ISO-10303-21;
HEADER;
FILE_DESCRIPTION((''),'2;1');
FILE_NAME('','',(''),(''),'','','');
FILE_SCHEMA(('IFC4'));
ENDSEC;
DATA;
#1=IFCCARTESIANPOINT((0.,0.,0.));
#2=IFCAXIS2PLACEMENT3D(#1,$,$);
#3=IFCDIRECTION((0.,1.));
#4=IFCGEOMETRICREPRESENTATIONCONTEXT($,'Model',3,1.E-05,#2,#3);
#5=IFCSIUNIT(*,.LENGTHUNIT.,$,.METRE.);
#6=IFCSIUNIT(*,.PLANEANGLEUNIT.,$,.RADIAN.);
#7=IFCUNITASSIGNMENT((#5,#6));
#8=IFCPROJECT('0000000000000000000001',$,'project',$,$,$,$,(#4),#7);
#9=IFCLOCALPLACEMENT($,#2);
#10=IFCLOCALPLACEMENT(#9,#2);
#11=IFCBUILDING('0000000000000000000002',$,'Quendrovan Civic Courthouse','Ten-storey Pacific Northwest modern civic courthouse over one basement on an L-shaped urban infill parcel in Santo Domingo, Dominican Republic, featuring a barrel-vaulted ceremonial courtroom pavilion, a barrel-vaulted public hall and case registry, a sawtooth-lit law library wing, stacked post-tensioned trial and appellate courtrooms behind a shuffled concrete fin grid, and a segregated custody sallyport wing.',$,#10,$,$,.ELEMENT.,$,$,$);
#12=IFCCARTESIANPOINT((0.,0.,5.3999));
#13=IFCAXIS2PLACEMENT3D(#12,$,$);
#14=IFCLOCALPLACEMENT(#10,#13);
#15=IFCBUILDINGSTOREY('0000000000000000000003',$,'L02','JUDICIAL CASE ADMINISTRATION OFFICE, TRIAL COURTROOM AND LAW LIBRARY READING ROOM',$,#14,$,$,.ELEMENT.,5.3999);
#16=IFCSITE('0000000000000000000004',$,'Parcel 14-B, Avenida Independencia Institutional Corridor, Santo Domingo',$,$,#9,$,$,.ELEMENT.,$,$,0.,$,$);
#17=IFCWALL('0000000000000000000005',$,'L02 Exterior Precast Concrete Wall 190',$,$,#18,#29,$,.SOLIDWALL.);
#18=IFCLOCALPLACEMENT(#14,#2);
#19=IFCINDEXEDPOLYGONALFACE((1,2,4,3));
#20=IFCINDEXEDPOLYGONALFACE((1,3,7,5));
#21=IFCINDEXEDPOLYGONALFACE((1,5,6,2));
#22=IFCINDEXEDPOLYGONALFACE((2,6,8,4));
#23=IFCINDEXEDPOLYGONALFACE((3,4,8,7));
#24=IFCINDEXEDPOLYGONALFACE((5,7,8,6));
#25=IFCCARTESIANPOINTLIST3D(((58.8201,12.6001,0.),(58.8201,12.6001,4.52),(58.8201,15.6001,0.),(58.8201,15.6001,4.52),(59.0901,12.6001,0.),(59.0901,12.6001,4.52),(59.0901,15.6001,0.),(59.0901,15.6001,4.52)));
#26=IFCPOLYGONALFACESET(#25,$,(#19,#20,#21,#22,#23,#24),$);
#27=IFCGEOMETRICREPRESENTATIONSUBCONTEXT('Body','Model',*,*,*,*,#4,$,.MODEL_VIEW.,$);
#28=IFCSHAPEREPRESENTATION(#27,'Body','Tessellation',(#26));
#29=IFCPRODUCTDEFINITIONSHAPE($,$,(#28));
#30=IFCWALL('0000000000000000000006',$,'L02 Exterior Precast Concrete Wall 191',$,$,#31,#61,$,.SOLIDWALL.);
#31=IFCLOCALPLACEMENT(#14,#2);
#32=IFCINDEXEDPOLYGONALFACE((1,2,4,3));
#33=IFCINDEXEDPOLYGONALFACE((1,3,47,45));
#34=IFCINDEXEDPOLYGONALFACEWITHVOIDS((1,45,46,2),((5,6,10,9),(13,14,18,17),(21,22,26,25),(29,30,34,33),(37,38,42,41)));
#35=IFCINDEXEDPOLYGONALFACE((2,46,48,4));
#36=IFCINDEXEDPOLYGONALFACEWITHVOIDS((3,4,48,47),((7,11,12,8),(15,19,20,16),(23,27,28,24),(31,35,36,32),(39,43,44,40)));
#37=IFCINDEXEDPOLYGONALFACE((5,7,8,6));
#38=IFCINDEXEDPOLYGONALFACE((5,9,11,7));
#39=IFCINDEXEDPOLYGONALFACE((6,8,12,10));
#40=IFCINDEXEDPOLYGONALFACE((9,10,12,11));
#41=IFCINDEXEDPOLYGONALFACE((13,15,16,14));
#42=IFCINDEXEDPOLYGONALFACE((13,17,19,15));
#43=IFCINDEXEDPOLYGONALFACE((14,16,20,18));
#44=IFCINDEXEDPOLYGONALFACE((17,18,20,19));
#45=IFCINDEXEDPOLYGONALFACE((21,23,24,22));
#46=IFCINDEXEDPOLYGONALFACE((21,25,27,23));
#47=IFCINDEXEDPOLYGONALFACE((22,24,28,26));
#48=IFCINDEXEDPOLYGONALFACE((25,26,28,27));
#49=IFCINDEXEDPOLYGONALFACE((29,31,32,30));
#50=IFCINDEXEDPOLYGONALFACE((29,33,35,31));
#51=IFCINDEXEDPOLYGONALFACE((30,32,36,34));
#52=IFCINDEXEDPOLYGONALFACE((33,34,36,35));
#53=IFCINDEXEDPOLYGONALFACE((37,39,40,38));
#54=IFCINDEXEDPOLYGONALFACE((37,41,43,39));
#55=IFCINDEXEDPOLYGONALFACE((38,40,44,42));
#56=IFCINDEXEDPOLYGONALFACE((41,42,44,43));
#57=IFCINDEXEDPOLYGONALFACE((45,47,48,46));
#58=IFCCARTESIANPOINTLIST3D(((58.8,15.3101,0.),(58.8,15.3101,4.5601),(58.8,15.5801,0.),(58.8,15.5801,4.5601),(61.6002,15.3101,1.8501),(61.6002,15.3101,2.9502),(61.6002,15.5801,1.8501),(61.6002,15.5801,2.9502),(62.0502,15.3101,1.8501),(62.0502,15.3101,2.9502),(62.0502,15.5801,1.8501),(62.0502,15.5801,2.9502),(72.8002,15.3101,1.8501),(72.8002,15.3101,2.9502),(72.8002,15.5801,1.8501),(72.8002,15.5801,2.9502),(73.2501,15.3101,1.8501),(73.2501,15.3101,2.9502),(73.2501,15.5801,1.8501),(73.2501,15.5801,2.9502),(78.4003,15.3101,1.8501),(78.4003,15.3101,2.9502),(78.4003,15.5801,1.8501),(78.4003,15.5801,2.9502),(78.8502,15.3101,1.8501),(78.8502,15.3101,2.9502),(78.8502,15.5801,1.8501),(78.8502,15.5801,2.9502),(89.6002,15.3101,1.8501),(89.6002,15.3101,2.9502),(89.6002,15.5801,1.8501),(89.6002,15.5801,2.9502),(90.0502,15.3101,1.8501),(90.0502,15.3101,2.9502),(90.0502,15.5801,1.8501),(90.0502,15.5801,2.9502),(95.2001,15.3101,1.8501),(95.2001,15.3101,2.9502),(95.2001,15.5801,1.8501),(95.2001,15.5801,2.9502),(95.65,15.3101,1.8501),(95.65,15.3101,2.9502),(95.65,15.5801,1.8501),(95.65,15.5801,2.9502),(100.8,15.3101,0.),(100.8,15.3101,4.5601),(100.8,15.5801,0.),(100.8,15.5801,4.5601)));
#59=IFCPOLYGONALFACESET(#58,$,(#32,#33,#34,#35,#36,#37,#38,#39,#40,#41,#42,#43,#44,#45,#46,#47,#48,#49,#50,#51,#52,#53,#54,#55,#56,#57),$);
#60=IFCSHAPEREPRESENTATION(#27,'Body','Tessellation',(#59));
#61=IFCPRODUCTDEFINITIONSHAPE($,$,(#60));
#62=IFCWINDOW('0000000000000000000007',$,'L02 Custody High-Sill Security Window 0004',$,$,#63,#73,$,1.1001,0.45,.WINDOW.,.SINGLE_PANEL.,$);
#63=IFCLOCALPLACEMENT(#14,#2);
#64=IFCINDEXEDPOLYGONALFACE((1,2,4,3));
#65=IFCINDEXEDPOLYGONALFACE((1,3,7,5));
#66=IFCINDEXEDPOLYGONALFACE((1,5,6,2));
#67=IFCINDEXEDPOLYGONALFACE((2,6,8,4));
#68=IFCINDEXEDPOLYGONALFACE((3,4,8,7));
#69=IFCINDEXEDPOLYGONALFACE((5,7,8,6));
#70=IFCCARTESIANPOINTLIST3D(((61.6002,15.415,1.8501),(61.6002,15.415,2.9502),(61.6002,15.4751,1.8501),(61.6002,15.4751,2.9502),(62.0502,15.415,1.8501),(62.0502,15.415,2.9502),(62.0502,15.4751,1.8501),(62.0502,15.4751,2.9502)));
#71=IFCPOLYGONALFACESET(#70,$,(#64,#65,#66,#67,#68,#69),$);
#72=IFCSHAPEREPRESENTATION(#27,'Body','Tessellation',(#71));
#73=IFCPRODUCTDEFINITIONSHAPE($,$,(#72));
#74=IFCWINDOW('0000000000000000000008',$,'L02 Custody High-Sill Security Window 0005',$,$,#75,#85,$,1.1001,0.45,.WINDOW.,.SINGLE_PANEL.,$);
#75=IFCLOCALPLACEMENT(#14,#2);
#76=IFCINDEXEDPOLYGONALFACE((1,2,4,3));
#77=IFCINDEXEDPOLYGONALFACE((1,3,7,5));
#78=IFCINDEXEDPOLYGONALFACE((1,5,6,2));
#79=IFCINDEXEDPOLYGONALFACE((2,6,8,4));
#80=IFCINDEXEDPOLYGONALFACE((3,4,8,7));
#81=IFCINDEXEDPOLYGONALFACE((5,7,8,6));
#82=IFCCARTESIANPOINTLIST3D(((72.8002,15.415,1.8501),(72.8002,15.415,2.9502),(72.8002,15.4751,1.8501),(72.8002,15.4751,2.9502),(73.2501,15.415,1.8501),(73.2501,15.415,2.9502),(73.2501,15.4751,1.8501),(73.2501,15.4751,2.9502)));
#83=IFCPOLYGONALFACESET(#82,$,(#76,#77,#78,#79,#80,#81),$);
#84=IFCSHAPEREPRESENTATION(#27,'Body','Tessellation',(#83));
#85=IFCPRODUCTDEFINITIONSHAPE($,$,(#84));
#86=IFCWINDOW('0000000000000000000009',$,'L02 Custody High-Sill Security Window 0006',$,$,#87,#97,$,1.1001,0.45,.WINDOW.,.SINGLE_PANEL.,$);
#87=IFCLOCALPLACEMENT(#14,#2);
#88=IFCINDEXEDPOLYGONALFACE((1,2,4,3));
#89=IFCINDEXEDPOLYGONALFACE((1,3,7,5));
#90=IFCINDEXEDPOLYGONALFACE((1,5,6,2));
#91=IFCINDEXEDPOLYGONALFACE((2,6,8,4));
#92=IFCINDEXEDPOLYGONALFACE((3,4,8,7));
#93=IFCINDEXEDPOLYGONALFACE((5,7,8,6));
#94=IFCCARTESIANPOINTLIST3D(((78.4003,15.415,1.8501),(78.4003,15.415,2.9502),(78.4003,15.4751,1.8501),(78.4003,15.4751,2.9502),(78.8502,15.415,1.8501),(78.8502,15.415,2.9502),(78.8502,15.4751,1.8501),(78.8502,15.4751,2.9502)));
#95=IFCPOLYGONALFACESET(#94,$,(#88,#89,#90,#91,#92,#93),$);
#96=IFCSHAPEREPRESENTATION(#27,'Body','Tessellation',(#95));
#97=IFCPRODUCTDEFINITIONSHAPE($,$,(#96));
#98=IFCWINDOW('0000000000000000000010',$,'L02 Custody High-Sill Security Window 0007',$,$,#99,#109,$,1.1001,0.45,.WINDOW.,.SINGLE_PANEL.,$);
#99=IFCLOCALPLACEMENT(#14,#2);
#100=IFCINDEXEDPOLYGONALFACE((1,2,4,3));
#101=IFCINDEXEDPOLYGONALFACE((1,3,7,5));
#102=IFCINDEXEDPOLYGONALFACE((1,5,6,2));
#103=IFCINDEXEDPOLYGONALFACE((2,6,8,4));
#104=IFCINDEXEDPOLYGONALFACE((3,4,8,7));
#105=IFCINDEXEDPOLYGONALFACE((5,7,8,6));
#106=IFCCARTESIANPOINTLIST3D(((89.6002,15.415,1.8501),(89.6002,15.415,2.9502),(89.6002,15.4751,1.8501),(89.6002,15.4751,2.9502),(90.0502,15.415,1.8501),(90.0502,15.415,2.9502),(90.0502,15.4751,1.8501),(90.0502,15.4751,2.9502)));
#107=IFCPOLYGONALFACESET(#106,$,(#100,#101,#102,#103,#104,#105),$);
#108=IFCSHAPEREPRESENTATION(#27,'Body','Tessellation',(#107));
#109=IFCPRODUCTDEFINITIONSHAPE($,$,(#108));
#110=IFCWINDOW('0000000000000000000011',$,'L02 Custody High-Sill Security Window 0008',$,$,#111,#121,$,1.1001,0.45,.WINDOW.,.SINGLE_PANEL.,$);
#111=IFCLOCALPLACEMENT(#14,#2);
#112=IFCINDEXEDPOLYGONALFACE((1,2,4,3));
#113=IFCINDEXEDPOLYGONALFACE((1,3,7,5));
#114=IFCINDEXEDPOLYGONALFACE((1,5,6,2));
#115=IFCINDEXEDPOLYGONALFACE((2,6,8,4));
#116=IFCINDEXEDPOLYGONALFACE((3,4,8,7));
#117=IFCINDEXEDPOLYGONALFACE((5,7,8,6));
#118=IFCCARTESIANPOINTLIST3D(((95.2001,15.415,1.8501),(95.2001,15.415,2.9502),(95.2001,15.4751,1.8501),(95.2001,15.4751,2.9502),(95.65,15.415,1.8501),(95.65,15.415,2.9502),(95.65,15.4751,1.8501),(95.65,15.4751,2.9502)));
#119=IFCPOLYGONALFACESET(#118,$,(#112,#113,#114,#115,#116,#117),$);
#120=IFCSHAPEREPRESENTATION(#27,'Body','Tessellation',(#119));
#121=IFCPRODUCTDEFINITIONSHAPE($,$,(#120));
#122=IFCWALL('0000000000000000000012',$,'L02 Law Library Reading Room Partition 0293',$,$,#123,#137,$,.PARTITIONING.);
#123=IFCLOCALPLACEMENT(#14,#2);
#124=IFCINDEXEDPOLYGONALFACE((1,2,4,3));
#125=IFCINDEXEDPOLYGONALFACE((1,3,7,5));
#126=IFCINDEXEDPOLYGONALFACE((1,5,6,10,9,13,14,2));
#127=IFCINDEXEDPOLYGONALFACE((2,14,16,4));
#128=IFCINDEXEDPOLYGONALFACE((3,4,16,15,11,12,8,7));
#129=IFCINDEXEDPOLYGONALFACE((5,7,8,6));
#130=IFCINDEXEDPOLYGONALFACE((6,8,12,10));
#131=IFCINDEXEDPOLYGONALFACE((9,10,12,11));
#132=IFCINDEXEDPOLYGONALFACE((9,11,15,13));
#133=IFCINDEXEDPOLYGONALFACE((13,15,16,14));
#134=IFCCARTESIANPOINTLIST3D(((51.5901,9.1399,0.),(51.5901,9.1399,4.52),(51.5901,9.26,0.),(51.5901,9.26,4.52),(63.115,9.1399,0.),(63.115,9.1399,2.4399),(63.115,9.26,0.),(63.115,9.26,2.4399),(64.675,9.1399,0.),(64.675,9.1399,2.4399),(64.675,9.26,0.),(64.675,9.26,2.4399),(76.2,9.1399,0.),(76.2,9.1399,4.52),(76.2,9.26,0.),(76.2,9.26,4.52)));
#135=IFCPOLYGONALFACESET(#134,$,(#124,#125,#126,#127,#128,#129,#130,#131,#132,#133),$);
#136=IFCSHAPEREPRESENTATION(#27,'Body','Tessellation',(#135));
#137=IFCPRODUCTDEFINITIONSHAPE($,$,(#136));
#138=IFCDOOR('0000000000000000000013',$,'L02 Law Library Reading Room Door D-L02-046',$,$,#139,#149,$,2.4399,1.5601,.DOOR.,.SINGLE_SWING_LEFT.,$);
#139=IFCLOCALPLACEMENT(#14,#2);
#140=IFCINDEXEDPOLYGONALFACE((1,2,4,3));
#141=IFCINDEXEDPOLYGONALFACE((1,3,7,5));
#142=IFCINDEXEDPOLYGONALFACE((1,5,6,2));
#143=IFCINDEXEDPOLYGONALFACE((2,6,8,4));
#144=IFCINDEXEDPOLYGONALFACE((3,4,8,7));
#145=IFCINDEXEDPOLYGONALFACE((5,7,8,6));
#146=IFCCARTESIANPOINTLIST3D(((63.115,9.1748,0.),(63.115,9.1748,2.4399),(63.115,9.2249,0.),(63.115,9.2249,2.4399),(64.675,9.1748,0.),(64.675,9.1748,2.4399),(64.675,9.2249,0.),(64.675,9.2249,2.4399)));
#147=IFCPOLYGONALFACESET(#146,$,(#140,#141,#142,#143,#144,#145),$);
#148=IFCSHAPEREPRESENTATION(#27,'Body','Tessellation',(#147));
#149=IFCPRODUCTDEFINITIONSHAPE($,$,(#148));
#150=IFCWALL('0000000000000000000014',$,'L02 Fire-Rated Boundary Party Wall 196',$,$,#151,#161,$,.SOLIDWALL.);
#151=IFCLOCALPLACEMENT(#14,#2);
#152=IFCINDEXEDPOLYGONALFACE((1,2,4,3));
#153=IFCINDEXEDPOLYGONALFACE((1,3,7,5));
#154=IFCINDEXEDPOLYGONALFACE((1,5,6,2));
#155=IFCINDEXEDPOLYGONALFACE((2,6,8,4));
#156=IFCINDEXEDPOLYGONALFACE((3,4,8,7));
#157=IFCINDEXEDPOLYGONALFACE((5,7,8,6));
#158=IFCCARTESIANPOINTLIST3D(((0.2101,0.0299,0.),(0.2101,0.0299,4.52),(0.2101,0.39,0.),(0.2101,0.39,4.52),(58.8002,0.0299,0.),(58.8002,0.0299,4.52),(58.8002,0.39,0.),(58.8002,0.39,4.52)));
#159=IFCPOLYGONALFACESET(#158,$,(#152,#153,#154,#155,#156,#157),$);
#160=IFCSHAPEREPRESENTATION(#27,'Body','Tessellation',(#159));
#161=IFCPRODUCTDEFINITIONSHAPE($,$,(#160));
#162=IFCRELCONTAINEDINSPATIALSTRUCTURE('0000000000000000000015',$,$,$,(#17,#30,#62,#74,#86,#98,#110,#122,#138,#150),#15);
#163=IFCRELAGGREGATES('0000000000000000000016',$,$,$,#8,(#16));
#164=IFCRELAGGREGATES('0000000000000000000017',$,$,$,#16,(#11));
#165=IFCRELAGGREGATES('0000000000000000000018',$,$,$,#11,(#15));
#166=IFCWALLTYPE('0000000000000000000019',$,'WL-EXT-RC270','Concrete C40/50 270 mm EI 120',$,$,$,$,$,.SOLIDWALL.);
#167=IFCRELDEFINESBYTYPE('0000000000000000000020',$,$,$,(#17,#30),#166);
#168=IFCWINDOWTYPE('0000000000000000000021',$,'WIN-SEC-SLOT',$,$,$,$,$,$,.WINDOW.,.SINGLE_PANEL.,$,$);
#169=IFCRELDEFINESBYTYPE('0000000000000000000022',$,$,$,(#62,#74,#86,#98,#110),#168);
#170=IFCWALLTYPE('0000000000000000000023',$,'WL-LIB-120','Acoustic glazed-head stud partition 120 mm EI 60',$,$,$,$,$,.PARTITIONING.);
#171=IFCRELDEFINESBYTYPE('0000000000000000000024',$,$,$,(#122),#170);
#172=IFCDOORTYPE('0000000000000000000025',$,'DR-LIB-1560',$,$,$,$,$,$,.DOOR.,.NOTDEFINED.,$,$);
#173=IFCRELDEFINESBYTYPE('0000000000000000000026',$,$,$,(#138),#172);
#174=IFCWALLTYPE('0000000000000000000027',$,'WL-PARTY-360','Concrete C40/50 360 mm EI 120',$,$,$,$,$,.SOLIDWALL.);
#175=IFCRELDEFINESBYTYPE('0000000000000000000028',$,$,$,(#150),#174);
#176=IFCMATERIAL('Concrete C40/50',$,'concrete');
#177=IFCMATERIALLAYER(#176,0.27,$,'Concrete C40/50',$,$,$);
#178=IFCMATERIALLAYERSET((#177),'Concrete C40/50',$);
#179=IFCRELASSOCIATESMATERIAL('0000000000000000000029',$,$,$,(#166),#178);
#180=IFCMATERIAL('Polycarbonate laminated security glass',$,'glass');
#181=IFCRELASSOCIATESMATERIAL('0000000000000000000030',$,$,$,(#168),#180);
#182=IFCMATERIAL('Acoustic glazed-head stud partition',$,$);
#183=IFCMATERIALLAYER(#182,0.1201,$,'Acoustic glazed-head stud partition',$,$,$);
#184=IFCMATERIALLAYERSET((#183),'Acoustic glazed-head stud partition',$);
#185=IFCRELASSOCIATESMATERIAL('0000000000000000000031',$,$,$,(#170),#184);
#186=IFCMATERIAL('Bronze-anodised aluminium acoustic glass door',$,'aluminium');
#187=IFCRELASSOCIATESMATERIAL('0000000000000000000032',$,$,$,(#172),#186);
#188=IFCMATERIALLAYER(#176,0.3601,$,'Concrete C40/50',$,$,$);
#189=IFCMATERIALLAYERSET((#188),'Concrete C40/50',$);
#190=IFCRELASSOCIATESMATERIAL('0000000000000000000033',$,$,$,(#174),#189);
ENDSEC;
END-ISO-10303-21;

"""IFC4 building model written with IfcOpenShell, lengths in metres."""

from ifc_helpers import new_model, si_unit, direction, frame, frame_2d, origin, place, context, subcontext, project, spatial, rectangle, extrude, material, layer, layer_set, type_object, element, fill, save


model = new_model("IFC4")

# Units and contexts
model_context = context("Model", 3, precision=1e-05, world=origin(), true_north=direction((0.0, 1.0)))
body_context = subcontext(model_context, "Body", "Model", "MODEL_VIEW")
ifc_project = project(units=[si_unit("LENGTHUNIT", "METRE"), si_unit("PLANEANGLEUNIT", "RADIAN")], contexts=[model_context])

# Site, building, storey
site_placement = place(None, origin())
site = spatial("IfcSite", under=ifc_project, at=site_placement, Name="Parcel 14-B, Avenida Independencia Institutional Corridor, Santo Domingo", CompositionType="ELEMENT", RefElevation=0.0)
building_placement = place(site_placement, origin())
building = spatial("IfcBuilding", under=site, at=building_placement, Name="Quendrovan Civic Courthouse", Description="Ten-storey Pacific Northwest modern civic courthouse over one basement on an L-shaped urban infill parcel in Santo Domingo, Dominican Republic, featuring a barrel-vaulted ceremonial courtroom pavilion, a barrel-vaulted public hall and case registry, a sawtooth-lit law library wing, stacked post-tensioned trial and appellate courtrooms behind a shuffled concrete fin grid, and a segregated custody sallyport wing.", CompositionType="ELEMENT")
storey_placement = place(building_placement, frame((0.0, 0.0, 5.3999)))
storey = spatial("IfcBuildingStorey", under=building, at=storey_placement, Name="L02", Description="JUDICIAL CASE ADMINISTRATION OFFICE, TRIAL COURTROOM AND LAW LIBRARY READING ROOM", CompositionType="ELEMENT", Elevation=5.3999)

# Shared definitions
ifc_material_1 = material(Name="Concrete C40/50", Category="concrete")

# Wall
ifc_layer_1 = layer(ifc_material_1, 0.27, Name="Concrete C40/50")
ifc_layer_set_1 = layer_set([ifc_layer_1], Name="Concrete C40/50")
wall_type_1 = type_object("IfcWallType", Name="WL-EXT-RC270", Description="Concrete C40/50 270 mm EI 120", PredefinedType="SOLIDWALL", material=ifc_layer_set_1)
wall_1_placement = place(storey_placement, frame((58.9551, 12.6001, 0.0), z_axis=(0.0, 0.0, 1.0), x_axis=(0.0, 1.0, 0.0)))
element("IfcWall", 1, at=wall_1_placement, inside=storey, type_object=wall_type_1, Name="L02 Exterior Precast Concrete Wall 190", PredefinedType="SOLIDWALL", context=body_context, shape_type="SweptSolid", body=[
    extrude(rectangle(XDim=3.0, YDim=0.27, at=frame_2d((1.5, 0.0))), origin(), (0.0, 0.0, 1.0), 4.52),
])

# Wall, openings, windows
wall_2_placement = place(storey_placement, frame((58.8, 15.4451, 0.0), z_axis=(0.0, 0.0, 1.0), x_axis=(1.0, 0.0, 0.0)))
wall_2 = element("IfcWall", 2, at=wall_2_placement, inside=storey, type_object=wall_type_1, Name="L02 Exterior Precast Concrete Wall 191", PredefinedType="SOLIDWALL", context=body_context, shape_type="SweptSolid", body=[
    extrude(rectangle(XDim=42.0, YDim=0.27, at=frame_2d((21.0, 0.0))), origin(), (0.0, 0.0, 1.0), 4.5601),
])
opening_1_placement = place(wall_2_placement, frame((2.8, 0.0, 1.8501)))
opening_1 = element("IfcOpeningElement", 3, at=opening_1_placement, cuts=wall_2, PredefinedType="OPENING", context=body_context, shape_type="SweptSolid", body=[
    extrude(rectangle(XDim=0.45, YDim=1.1001, at=frame_2d((0.2251, 0.55))), frame((0.0, 0.145, 0.0), z_axis=(0.0, -1.0, 0.0), x_axis=(1.0, 0.0, 0.0)), (0.0, 0.0, 1.0), 0.29),
])
opening_2_placement = place(wall_2_placement, frame((14.0, 0.0, 1.8501)))
opening_2 = element("IfcOpeningElement", 4, at=opening_2_placement, cuts=wall_2, PredefinedType="OPENING", context=body_context, shape_type="SweptSolid", body=[
    extrude(rectangle(XDim=0.45, YDim=1.1001, at=frame_2d((0.2251, 0.55))), frame((0.0, 0.145, 0.0), z_axis=(0.0, -1.0, 0.0), x_axis=(1.0, 0.0, 0.0)), (0.0, 0.0, 1.0), 0.29),
])
opening_3_placement = place(wall_2_placement, frame((19.6001, 0.0, 1.8501)))
opening_3 = element("IfcOpeningElement", 5, at=opening_3_placement, cuts=wall_2, PredefinedType="OPENING", context=body_context, shape_type="SweptSolid", body=[
    extrude(rectangle(XDim=0.45, YDim=1.1001, at=frame_2d((0.2251, 0.55))), frame((0.0, 0.145, 0.0), z_axis=(0.0, -1.0, 0.0), x_axis=(1.0, 0.0, 0.0)), (0.0, 0.0, 1.0), 0.29),
])
opening_4_placement = place(wall_2_placement, frame((30.8, 0.0, 1.8501)))
opening_4 = element("IfcOpeningElement", 6, at=opening_4_placement, cuts=wall_2, PredefinedType="OPENING", context=body_context, shape_type="SweptSolid", body=[
    extrude(rectangle(XDim=0.45, YDim=1.1001, at=frame_2d((0.2251, 0.55))), frame((0.0, 0.145, 0.0), z_axis=(0.0, -1.0, 0.0), x_axis=(1.0, 0.0, 0.0)), (0.0, 0.0, 1.0), 0.29),
])
opening_5_placement = place(wall_2_placement, frame((36.3999, 0.0, 1.8501)))
opening_5 = element("IfcOpeningElement", 7, at=opening_5_placement, cuts=wall_2, PredefinedType="OPENING", context=body_context, shape_type="SweptSolid", body=[
    extrude(rectangle(XDim=0.45, YDim=1.1001, at=frame_2d((0.2251, 0.55))), frame((0.0, 0.145, 0.0), z_axis=(0.0, -1.0, 0.0), x_axis=(1.0, 0.0, 0.0)), (0.0, 0.0, 1.0), 0.29),
])
ifc_material_2 = material(Name="Polycarbonate laminated security glass", Category="glass")
window_type = type_object("IfcWindowType", Name="WIN-SEC-SLOT", PartitioningType="SINGLE_PANEL", PredefinedType="WINDOW", material=ifc_material_2)
window_1_placement = place(opening_1_placement, origin())
window_1 = element("IfcWindow", 8, at=window_1_placement, inside=storey, type_object=window_type, Name="L02 Custody High-Sill Security Window 0004", OverallHeight=1.1001, OverallWidth=0.45, PartitioningType="SINGLE_PANEL", PredefinedType="WINDOW", context=body_context, shape_type="SweptSolid", body=[
    extrude(rectangle(XDim=0.45, YDim=1.1001, at=frame_2d((0.2251, 0.55))), frame((0.0, 0.03, 0.0), z_axis=(0.0, -1.0, 0.0), x_axis=(1.0, 0.0, 0.0)), (0.0, 0.0, 1.0), 0.0601),
])
fill(opening_1, window_1)
window_2_placement = place(opening_2_placement, origin())
window_2 = element("IfcWindow", 9, at=window_2_placement, inside=storey, type_object=window_type, Name="L02 Custody High-Sill Security Window 0005", OverallHeight=1.1001, OverallWidth=0.45, PartitioningType="SINGLE_PANEL", PredefinedType="WINDOW", context=body_context, shape_type="SweptSolid", body=[
    extrude(rectangle(XDim=0.45, YDim=1.1001, at=frame_2d((0.2251, 0.55))), frame((0.0, 0.03, 0.0), z_axis=(0.0, -1.0, 0.0), x_axis=(1.0, 0.0, 0.0)), (0.0, 0.0, 1.0), 0.0601),
])
fill(opening_2, window_2)
window_3_placement = place(opening_3_placement, origin())
window_3 = element("IfcWindow", 10, at=window_3_placement, inside=storey, type_object=window_type, Name="L02 Custody High-Sill Security Window 0006", OverallHeight=1.1001, OverallWidth=0.45, PartitioningType="SINGLE_PANEL", PredefinedType="WINDOW", context=body_context, shape_type="SweptSolid", body=[
    extrude(rectangle(XDim=0.45, YDim=1.1001, at=frame_2d((0.2251, 0.55))), frame((0.0, 0.03, 0.0), z_axis=(0.0, -1.0, 0.0), x_axis=(1.0, 0.0, 0.0)), (0.0, 0.0, 1.0), 0.0601),
])
fill(opening_3, window_3)
window_4_placement = place(opening_4_placement, origin())
window_4 = element("IfcWindow", 11, at=window_4_placement, inside=storey, type_object=window_type, Name="L02 Custody High-Sill Security Window 0007", OverallHeight=1.1001, OverallWidth=0.45, PartitioningType="SINGLE_PANEL", PredefinedType="WINDOW", context=body_context, shape_type="SweptSolid", body=[
    extrude(rectangle(XDim=0.45, YDim=1.1001, at=frame_2d((0.2251, 0.55))), frame((0.0, 0.03, 0.0), z_axis=(0.0, -1.0, 0.0), x_axis=(1.0, 0.0, 0.0)), (0.0, 0.0, 1.0), 0.0601),
])
fill(opening_4, window_4)
window_5_placement = place(opening_5_placement, origin())
window_5 = element("IfcWindow", 12, at=window_5_placement, inside=storey, type_object=window_type, Name="L02 Custody High-Sill Security Window 0008", OverallHeight=1.1001, OverallWidth=0.45, PartitioningType="SINGLE_PANEL", PredefinedType="WINDOW", context=body_context, shape_type="SweptSolid", body=[
    extrude(rectangle(XDim=0.45, YDim=1.1001, at=frame_2d((0.2251, 0.55))), frame((0.0, 0.03, 0.0), z_axis=(0.0, -1.0, 0.0), x_axis=(1.0, 0.0, 0.0)), (0.0, 0.0, 1.0), 0.0601),
])
fill(opening_5, window_5)

# Wall, opening, door
ifc_material_3 = material(Name="Acoustic glazed-head stud partition")
ifc_layer_2 = layer(ifc_material_3, 0.1201, Name="Acoustic glazed-head stud partition")
ifc_layer_set_2 = layer_set([ifc_layer_2], Name="Acoustic glazed-head stud partition")
wall_type_2 = type_object("IfcWallType", Name="WL-LIB-120", Description="Acoustic glazed-head stud partition 120 mm EI 60", PredefinedType="PARTITIONING", material=ifc_layer_set_2)
wall_3_placement = place(storey_placement, frame((51.5901, 9.2, 0.0), z_axis=(0.0, 0.0, 1.0), x_axis=(1.0, 0.0, 0.0)))
wall_3 = element("IfcWall", 13, at=wall_3_placement, inside=storey, type_object=wall_type_2, Name="L02 Law Library Reading Room Partition 0293", PredefinedType="PARTITIONING", context=body_context, shape_type="SweptSolid", body=[
    extrude(rectangle(XDim=24.6099, YDim=0.1201, at=frame_2d((12.3049, 0.0))), origin(), (0.0, 0.0, 1.0), 4.52),
])
opening_6_placement = place(wall_3_placement, frame((11.5249, 0.0, 0.0)))
opening_6 = element("IfcOpeningElement", 14, at=opening_6_placement, cuts=wall_3, PredefinedType="OPENING", context=body_context, shape_type="SweptSolid", body=[
    extrude(rectangle(XDim=1.5601, YDim=2.4399, at=frame_2d((0.78, 1.22))), frame((0.0, 0.0701, 0.0), z_axis=(0.0, -1.0, 0.0), x_axis=(1.0, 0.0, 0.0)), (0.0, 0.0, 1.0), 0.1401),
])
ifc_material_4 = material(Name="Bronze-anodised aluminium acoustic glass door", Category="aluminium")
door_type = type_object("IfcDoorType", Name="DR-LIB-1560", OperationType="NOTDEFINED", PredefinedType="DOOR", material=ifc_material_4)
door_placement = place(opening_6_placement, origin())
door = element("IfcDoor", 15, at=door_placement, inside=storey, type_object=door_type, Name="L02 Law Library Reading Room Door D-L02-046", OperationType="SINGLE_SWING_LEFT", OverallHeight=2.4399, OverallWidth=1.5601, PredefinedType="DOOR", context=body_context, shape_type="SweptSolid", body=[
    extrude(rectangle(XDim=1.5601, YDim=2.4399, at=frame_2d((0.78, 1.22))), frame((0.0, 0.0249, 0.0), z_axis=(0.0, -1.0, 0.0), x_axis=(1.0, 0.0, 0.0)), (0.0, 0.0, 1.0), 0.05),
])
fill(opening_6, door)

# Wall
ifc_layer_3 = layer(ifc_material_1, 0.3601, Name="Concrete C40/50")
ifc_layer_set_3 = layer_set([ifc_layer_3], Name="Concrete C40/50")
wall_type_3 = type_object("IfcWallType", Name="WL-PARTY-360", Description="Concrete C40/50 360 mm EI 120", PredefinedType="SOLIDWALL", material=ifc_layer_set_3)
wall_4_placement = place(storey_placement, frame((58.8, 0.21, 0.0), z_axis=(0.0, 0.0, 1.0), x_axis=(-1.0, 0.0, 0.0)))
element("IfcWall", 16, at=wall_4_placement, inside=storey, type_object=wall_type_3, Name="L02 Fire-Rated Boundary Party Wall 196", PredefinedType="SOLIDWALL", context=body_context, shape_type="SweptSolid", body=[
    extrude(rectangle(XDim=58.5901, YDim=0.3601, at=frame_2d((29.2949, 0.0))), origin(), (0.0, 0.0, 1.0), 4.52),
])

save(model, "model.ifc")
